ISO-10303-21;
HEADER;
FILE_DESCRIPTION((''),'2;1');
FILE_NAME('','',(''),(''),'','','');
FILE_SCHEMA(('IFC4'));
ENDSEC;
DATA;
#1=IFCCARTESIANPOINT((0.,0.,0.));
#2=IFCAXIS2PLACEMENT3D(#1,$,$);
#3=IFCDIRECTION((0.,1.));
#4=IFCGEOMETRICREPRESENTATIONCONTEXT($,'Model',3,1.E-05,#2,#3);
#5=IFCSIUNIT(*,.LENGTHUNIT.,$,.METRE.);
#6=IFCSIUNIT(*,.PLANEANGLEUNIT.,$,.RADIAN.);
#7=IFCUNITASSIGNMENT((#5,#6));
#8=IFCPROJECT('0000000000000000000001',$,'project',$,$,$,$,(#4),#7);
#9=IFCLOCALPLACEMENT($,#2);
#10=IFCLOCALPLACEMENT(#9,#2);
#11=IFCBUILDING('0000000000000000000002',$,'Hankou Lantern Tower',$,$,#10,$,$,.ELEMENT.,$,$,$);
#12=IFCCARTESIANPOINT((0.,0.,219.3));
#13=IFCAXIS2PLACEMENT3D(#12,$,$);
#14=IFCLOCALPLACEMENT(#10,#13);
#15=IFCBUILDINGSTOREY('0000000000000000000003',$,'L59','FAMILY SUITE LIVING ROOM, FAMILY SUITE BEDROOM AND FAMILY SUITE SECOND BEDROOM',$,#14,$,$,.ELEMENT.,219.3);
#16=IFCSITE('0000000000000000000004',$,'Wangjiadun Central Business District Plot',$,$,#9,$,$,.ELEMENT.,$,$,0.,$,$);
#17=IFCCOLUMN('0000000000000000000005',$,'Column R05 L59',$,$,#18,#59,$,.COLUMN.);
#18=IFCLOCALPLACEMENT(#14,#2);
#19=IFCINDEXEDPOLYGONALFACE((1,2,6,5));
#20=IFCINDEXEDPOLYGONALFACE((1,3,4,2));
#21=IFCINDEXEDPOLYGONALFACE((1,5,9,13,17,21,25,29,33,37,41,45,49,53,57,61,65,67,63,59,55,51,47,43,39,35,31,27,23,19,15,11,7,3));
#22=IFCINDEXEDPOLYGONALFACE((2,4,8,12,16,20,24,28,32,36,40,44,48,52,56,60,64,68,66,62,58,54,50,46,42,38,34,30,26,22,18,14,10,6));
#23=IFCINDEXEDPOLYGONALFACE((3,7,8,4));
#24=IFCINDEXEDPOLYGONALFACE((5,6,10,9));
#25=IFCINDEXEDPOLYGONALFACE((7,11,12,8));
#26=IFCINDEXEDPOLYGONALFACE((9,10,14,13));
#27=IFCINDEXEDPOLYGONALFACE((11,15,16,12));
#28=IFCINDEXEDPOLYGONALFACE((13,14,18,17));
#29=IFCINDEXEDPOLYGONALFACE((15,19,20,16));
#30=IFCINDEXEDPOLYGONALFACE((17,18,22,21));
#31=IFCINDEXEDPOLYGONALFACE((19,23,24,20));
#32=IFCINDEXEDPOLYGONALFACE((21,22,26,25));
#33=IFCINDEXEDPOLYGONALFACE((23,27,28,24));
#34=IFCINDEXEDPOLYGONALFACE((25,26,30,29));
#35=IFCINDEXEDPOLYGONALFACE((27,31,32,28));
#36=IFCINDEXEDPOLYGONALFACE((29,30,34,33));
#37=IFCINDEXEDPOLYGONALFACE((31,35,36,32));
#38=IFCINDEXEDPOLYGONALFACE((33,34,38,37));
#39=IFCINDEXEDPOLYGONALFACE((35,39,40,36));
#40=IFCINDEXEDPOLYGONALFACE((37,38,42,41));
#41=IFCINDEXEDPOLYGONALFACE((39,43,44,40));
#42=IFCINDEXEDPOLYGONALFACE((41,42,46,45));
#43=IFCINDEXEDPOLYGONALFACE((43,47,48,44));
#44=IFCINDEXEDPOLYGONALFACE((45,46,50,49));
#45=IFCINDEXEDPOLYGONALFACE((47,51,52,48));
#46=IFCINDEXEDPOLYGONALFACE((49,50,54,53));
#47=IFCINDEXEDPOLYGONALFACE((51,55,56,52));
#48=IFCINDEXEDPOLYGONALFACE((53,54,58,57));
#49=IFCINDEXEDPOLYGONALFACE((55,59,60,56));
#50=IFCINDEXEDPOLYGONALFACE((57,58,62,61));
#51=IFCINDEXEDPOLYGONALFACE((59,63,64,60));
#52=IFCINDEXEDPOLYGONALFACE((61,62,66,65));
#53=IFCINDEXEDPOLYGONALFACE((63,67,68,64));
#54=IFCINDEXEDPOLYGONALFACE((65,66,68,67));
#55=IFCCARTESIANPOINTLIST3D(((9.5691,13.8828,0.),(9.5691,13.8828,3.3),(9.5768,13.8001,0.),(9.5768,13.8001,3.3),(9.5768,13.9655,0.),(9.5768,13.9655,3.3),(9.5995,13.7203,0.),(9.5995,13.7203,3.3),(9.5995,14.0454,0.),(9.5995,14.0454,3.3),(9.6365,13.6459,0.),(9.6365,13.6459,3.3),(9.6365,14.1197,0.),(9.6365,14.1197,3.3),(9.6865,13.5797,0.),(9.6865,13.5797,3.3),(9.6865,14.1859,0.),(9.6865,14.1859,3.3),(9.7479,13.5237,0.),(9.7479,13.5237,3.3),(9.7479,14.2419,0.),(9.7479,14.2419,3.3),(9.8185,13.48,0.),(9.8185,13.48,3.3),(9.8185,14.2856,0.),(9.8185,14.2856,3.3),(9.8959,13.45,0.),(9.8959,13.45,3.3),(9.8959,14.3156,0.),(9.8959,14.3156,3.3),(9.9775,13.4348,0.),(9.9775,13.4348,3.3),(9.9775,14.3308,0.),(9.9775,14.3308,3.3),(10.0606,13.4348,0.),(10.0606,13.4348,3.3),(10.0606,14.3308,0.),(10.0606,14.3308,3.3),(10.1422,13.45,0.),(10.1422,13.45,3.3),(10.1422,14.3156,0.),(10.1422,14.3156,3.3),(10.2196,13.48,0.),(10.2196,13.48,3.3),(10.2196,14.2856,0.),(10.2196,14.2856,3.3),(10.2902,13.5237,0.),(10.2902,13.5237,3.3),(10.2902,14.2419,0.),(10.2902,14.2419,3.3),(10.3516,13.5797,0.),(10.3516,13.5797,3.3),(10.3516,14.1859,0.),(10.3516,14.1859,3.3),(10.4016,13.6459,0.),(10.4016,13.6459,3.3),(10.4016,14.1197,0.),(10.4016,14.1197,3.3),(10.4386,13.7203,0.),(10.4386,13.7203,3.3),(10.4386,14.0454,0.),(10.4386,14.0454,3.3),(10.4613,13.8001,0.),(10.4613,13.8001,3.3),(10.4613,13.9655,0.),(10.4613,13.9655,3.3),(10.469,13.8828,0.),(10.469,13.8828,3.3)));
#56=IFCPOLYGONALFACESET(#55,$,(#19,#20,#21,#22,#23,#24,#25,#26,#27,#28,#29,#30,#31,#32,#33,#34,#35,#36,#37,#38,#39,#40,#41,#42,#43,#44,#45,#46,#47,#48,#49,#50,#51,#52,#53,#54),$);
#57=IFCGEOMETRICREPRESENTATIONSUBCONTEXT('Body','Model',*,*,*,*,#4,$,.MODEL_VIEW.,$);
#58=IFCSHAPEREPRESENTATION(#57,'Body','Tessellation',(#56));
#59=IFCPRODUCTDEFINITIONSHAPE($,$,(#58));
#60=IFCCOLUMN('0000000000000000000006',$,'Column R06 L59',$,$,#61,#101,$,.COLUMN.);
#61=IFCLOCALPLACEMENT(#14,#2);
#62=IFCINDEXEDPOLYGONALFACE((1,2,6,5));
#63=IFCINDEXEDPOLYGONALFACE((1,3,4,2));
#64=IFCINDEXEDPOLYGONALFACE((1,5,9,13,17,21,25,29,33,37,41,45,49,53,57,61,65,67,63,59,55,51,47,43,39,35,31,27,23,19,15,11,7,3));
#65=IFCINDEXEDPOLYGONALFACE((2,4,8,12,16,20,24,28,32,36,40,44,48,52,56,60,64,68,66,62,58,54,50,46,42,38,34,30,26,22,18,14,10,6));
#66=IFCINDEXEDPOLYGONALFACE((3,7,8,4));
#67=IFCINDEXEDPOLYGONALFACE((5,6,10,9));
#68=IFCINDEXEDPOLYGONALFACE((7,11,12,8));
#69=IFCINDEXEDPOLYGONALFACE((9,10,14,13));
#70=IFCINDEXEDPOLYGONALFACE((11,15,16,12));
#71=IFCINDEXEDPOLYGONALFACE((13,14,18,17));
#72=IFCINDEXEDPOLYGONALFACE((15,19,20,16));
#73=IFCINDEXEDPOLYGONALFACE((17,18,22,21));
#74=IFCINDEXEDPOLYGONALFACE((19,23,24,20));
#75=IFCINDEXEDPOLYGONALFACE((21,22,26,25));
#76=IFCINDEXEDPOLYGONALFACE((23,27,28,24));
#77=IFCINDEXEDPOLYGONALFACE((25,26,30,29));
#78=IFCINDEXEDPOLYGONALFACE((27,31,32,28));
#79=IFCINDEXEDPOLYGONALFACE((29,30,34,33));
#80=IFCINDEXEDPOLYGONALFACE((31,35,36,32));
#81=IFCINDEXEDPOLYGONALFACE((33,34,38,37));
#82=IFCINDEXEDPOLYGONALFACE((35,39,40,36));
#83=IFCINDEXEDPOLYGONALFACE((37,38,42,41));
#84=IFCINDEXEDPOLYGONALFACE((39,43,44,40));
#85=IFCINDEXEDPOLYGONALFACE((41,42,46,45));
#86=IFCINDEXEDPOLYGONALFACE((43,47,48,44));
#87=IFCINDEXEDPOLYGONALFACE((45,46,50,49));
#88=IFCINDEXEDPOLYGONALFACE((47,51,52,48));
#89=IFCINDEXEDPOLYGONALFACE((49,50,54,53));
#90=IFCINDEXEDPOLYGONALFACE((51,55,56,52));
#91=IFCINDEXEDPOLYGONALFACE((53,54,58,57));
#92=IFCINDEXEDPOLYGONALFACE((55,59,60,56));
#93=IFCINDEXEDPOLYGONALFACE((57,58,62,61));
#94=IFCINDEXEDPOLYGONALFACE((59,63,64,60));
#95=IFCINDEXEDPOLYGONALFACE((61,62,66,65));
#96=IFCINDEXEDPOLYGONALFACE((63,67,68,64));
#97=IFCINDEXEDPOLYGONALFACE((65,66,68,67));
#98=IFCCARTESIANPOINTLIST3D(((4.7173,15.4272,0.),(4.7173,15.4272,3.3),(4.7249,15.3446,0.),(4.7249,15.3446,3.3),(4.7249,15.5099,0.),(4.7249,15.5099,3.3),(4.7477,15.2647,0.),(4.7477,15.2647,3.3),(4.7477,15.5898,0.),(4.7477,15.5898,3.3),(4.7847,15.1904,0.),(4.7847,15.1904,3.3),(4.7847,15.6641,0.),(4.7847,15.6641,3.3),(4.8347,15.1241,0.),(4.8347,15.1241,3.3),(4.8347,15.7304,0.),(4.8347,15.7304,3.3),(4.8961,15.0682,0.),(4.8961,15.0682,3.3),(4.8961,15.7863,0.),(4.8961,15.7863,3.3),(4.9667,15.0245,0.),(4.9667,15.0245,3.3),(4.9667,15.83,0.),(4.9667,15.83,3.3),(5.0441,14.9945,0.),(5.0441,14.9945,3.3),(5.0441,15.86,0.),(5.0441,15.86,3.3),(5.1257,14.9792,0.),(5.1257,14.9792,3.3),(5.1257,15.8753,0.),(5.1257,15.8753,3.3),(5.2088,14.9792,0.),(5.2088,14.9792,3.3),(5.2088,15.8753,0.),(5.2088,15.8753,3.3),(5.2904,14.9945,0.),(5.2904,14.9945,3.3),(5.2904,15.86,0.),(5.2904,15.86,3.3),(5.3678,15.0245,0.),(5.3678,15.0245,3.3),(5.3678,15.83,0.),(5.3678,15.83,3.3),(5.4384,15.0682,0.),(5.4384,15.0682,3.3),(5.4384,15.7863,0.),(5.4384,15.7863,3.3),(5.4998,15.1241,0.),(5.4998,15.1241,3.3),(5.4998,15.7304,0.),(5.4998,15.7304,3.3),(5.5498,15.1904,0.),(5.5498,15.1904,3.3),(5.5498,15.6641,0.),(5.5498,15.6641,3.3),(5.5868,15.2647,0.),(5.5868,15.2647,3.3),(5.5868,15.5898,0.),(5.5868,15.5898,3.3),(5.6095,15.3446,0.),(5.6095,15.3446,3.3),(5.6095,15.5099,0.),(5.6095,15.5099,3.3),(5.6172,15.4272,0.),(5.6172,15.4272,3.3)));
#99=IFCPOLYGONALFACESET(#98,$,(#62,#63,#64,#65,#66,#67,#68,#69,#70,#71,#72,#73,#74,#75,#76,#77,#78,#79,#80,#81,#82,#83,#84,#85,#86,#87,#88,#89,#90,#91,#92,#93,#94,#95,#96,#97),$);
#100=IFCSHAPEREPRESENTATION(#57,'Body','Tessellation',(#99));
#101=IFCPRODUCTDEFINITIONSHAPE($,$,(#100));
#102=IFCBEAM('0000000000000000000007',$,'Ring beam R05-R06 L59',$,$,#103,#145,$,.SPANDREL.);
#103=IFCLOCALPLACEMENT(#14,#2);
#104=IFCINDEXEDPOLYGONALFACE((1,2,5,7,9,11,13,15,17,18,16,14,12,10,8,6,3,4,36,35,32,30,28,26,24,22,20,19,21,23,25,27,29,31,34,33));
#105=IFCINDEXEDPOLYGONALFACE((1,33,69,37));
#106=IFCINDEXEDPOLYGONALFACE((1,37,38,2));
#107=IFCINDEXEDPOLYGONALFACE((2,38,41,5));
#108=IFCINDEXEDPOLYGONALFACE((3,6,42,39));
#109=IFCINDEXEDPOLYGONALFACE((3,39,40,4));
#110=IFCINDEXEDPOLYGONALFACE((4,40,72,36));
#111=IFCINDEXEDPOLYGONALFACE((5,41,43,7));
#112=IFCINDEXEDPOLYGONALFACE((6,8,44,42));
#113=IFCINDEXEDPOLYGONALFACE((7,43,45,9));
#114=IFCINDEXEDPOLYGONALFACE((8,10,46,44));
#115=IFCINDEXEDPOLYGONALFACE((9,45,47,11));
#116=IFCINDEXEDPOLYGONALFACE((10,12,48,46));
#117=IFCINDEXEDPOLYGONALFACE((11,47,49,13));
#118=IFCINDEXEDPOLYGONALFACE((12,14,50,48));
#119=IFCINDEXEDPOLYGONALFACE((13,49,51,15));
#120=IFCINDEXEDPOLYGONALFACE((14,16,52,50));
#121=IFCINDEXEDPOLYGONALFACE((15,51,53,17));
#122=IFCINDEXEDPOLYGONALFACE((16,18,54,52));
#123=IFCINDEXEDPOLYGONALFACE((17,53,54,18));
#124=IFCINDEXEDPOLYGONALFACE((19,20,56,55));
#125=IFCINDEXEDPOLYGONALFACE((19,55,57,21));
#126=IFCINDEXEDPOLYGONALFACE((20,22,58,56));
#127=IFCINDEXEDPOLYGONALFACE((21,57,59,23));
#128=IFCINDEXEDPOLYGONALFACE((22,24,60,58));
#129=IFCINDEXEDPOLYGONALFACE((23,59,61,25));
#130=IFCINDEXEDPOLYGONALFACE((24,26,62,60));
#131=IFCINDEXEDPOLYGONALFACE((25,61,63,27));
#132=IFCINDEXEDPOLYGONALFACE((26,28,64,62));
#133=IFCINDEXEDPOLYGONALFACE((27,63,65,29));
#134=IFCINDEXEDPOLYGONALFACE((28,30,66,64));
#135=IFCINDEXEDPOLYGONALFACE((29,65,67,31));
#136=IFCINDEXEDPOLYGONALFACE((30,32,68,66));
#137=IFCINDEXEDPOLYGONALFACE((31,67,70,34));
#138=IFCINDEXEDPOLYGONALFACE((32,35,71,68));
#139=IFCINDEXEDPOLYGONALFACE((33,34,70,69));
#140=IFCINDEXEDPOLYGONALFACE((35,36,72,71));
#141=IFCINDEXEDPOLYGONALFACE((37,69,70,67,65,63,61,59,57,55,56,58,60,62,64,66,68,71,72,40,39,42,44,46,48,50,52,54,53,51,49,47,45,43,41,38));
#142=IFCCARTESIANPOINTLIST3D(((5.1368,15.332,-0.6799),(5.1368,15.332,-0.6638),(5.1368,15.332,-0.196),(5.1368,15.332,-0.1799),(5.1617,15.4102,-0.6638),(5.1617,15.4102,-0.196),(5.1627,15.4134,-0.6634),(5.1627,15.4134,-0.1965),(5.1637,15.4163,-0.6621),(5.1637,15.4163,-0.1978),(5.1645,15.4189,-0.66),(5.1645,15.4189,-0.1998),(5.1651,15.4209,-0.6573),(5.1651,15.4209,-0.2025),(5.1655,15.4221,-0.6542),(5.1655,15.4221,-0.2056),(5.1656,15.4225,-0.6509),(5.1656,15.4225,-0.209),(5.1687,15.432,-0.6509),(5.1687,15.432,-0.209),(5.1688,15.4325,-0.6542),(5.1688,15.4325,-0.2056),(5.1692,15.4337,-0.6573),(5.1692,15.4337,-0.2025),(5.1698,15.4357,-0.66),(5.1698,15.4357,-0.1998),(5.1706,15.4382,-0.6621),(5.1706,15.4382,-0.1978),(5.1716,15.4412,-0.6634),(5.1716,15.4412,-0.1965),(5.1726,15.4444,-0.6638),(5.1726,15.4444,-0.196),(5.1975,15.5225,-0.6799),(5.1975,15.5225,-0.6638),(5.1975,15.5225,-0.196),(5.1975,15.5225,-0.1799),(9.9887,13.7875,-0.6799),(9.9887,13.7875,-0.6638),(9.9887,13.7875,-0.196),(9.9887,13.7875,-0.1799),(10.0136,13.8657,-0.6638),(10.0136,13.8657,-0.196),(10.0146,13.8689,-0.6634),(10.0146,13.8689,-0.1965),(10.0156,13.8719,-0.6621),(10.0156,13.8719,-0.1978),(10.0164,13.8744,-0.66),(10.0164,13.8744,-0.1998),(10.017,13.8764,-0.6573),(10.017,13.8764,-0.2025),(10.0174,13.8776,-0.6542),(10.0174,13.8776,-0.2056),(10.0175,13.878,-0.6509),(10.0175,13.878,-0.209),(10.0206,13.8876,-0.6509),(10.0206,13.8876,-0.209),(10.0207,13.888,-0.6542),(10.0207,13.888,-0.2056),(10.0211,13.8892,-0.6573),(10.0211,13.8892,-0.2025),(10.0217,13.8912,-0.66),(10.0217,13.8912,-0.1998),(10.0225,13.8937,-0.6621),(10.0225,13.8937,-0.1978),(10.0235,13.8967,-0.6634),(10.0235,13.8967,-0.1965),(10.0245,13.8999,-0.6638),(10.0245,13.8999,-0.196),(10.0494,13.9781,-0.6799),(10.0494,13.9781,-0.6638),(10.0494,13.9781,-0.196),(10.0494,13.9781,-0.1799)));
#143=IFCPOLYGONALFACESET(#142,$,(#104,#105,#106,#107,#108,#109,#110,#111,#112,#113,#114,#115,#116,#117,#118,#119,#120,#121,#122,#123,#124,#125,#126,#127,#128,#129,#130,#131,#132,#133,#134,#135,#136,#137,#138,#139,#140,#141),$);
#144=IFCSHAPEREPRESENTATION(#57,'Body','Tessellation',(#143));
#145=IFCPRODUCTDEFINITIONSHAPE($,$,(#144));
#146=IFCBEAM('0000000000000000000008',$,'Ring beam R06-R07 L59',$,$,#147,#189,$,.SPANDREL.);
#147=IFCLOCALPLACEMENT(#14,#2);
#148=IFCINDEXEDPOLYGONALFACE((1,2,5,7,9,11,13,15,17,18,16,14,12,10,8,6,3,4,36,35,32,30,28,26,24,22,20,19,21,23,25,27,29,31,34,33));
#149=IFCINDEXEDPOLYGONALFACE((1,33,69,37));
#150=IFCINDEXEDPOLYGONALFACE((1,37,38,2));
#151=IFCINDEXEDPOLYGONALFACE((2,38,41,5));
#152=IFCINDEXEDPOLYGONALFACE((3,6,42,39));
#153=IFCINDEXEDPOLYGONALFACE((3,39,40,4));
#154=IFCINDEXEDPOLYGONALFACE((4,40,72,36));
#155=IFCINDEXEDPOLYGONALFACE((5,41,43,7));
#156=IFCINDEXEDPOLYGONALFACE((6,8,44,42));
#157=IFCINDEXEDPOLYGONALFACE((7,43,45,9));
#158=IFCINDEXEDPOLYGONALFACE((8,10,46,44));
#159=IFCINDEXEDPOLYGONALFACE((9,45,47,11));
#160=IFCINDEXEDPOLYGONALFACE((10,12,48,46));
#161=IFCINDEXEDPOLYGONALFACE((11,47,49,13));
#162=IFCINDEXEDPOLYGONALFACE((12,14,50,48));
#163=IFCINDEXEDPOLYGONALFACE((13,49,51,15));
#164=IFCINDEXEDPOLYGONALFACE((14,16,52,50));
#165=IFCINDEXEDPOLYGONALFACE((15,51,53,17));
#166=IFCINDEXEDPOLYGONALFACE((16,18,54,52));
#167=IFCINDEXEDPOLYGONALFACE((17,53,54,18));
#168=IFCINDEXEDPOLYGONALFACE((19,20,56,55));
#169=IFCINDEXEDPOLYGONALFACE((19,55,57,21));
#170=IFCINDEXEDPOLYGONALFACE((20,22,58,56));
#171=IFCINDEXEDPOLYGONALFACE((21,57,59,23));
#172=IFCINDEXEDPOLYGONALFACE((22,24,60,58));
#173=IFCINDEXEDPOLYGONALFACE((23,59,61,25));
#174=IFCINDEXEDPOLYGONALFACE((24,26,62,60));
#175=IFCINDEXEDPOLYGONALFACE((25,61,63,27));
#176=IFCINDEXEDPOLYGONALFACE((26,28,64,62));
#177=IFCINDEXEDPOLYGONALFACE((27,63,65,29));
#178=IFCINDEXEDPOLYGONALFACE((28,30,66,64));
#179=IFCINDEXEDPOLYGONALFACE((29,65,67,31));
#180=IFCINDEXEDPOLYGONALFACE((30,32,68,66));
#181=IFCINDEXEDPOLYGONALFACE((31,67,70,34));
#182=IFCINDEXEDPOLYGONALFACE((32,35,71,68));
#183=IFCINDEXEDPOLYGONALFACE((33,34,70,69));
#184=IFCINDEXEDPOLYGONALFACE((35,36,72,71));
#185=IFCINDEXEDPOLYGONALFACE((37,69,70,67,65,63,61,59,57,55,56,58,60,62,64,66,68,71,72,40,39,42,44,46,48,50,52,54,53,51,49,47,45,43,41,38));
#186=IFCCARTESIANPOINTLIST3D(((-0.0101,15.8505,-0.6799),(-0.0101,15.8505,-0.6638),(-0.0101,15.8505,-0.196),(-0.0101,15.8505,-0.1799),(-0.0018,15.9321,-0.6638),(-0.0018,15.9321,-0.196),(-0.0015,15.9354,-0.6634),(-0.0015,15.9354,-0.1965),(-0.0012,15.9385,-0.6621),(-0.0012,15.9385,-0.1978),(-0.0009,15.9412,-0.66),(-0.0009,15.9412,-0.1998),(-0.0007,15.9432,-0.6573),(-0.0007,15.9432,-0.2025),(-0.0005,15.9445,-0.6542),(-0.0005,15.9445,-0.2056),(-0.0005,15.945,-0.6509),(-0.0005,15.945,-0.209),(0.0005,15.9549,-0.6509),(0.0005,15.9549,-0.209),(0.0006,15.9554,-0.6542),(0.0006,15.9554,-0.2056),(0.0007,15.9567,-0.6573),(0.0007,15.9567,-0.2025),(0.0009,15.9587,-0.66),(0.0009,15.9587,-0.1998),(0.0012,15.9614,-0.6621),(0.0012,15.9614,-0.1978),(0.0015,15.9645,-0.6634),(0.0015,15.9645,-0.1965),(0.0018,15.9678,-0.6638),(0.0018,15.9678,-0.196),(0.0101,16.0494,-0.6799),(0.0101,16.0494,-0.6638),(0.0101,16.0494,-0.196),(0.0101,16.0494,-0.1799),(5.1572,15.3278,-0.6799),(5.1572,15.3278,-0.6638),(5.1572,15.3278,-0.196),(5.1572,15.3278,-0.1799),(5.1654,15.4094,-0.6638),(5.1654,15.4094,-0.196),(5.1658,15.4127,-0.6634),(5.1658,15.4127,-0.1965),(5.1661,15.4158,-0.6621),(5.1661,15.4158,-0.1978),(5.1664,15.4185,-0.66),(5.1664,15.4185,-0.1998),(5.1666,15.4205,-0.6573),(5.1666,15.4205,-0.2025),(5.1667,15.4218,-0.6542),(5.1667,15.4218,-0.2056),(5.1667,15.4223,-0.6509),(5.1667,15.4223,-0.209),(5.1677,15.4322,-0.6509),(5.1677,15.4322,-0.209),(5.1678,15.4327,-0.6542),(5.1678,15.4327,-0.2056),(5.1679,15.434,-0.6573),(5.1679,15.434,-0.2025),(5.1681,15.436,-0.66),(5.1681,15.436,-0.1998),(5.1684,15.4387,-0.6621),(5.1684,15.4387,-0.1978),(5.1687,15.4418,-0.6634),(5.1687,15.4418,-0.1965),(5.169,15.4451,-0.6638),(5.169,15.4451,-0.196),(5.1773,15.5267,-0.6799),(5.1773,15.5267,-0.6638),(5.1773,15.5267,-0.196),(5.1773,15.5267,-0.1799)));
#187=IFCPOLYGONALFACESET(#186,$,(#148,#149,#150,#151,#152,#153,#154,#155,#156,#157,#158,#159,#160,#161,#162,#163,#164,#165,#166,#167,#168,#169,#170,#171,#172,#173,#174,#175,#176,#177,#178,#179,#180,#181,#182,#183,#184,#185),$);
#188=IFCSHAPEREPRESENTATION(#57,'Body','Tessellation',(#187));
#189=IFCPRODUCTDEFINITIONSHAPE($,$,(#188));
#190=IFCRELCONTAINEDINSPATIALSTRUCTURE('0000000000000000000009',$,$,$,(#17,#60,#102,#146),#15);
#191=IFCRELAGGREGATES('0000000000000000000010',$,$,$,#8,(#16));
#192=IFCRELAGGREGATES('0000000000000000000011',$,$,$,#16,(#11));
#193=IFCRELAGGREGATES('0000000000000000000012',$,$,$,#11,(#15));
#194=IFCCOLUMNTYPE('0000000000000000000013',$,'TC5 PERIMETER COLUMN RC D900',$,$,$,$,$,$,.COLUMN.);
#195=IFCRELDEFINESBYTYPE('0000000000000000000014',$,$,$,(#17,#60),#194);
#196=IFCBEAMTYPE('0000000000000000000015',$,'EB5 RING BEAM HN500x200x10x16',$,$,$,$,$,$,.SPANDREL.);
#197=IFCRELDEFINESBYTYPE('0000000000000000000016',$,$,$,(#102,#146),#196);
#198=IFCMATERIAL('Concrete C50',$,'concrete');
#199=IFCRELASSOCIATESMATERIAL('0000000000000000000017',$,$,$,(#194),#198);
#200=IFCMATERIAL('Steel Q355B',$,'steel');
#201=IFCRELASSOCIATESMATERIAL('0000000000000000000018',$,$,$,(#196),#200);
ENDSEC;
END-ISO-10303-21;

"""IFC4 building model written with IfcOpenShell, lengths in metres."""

from ifc_helpers import new_model, si_unit, direction, frame, origin, origin_2d, place, context, subcontext, project, spatial, circle, i_section, extrude, material, material_profile, profile_set, type_object, element, save


model = new_model("IFC4")

# Units and contexts
model_context = context("Model", 3, precision=1e-05, world=origin(), true_north=direction((0.0, 1.0)))
body_context = subcontext(model_context, "Body", "Model", "MODEL_VIEW")
ifc_project = project(units=[si_unit("LENGTHUNIT", "METRE"), si_unit("PLANEANGLEUNIT", "RADIAN")], contexts=[model_context])

# Site, building, storey
site_placement = place(None, origin())
site = spatial("IfcSite", under=ifc_project, at=site_placement, Name="Wangjiadun Central Business District Plot", CompositionType="ELEMENT", RefElevation=0.0)
building_placement = place(site_placement, origin())
building = spatial("IfcBuilding", under=site, at=building_placement, Name="Hankou Lantern Tower", CompositionType="ELEMENT")
storey_placement = place(building_placement, frame((0.0, 0.0, 219.3)))
storey = spatial("IfcBuildingStorey", under=building, at=storey_placement, Name="L59", Description="FAMILY SUITE LIVING ROOM, FAMILY SUITE BEDROOM AND FAMILY SUITE SECOND BEDROOM", CompositionType="ELEMENT", Elevation=219.3)

# Columns
ifc_material_1 = material(Name="Concrete C50", Category="concrete")
ifc_material_profile_1 = material_profile(ifc_material_1, circle(Radius=0.45, at=origin_2d()), Name="RC D900")
ifc_profile_set_1 = profile_set([ifc_material_profile_1], Name="Concrete C50")
column_type = type_object("IfcColumnType", Name="TC5 PERIMETER COLUMN RC D900", PredefinedType="COLUMN", material=ifc_profile_set_1)
for number, where, z_axis, x_axis, name in (
    (1, (10.019, 13.8828, 0.0), (0.0, 0.0, 1.0), (1.0, 0.0, 0.0), "Column R05 L59"),
    (2, (5.1672, 15.4272, 0.0), (0.0, 0.0, 1.0), (1.0, 0.0, 0.0), "Column R06 L59"),
):
    element("IfcColumn", number, at=place(storey_placement, frame(where, z_axis=z_axis, x_axis=x_axis)), inside=storey, type_object=column_type, Name=name, PredefinedType="COLUMN", context=body_context, shape_type="SweptSolid", body=[
        extrude(circle(Radius=0.45, at=origin_2d()), origin(), (0.0, 0.0, 1.0), 3.3),
    ])

# Beams
ifc_material_2 = material(Name="Steel Q355B", Category="steel")
ifc_material_profile_2 = material_profile(ifc_material_2, i_section(OverallWidth=0.2, OverallDepth=0.5, WebThickness=0.01, FlangeThickness=0.0161, FilletRadius=0.0129, at=origin_2d()), Name="HN500x200x10x16")
ifc_profile_set_2 = profile_set([ifc_material_profile_2], Name="Steel Q355B")
beam_type_1 = type_object("IfcBeamType", Name="EB5 RING BEAM HN500x200x10x16", PredefinedType="SPANDREL", material=ifc_profile_set_2)
beam_1_placement = place(storey_placement, frame((10.019, 13.8828, -0.4299), z_axis=(-0.952887, 0.303324, 0.0), x_axis=(-0.303324, -0.952887, 0.0)))
element("IfcBeam", 3, at=beam_1_placement, inside=storey, type_object=beam_type_1, Name="Ring beam R05-R06 L59", PredefinedType="SPANDREL", context=body_context, shape_type="SweptSolid", body=[
    extrude(i_section(OverallWidth=0.2, OverallDepth=0.5, WebThickness=0.01, FlangeThickness=0.0161, FilletRadius=0.0129, at=origin_2d()), origin(), (0.0, 0.0, 1.0), 5.0918),
])
beam_2_placement = place(storey_placement, frame((5.1672, 15.4272, -0.4299), z_axis=(-0.994923, 0.100644, 0.0), x_axis=(-0.100644, -0.994923, 0.0)))
element("IfcBeam", 4, at=beam_2_placement, inside=storey, type_object=beam_type_1, Name="Ring beam R06-R07 L59", PredefinedType="SPANDREL", context=body_context, shape_type="SweptSolid", body=[
    extrude(i_section(OverallWidth=0.2, OverallDepth=0.5, WebThickness=0.01, FlangeThickness=0.0161, FilletRadius=0.0129, at=origin_2d()), origin(), (0.0, 0.0, 1.0), 5.1936),
])

save(model, "model.ifc")
